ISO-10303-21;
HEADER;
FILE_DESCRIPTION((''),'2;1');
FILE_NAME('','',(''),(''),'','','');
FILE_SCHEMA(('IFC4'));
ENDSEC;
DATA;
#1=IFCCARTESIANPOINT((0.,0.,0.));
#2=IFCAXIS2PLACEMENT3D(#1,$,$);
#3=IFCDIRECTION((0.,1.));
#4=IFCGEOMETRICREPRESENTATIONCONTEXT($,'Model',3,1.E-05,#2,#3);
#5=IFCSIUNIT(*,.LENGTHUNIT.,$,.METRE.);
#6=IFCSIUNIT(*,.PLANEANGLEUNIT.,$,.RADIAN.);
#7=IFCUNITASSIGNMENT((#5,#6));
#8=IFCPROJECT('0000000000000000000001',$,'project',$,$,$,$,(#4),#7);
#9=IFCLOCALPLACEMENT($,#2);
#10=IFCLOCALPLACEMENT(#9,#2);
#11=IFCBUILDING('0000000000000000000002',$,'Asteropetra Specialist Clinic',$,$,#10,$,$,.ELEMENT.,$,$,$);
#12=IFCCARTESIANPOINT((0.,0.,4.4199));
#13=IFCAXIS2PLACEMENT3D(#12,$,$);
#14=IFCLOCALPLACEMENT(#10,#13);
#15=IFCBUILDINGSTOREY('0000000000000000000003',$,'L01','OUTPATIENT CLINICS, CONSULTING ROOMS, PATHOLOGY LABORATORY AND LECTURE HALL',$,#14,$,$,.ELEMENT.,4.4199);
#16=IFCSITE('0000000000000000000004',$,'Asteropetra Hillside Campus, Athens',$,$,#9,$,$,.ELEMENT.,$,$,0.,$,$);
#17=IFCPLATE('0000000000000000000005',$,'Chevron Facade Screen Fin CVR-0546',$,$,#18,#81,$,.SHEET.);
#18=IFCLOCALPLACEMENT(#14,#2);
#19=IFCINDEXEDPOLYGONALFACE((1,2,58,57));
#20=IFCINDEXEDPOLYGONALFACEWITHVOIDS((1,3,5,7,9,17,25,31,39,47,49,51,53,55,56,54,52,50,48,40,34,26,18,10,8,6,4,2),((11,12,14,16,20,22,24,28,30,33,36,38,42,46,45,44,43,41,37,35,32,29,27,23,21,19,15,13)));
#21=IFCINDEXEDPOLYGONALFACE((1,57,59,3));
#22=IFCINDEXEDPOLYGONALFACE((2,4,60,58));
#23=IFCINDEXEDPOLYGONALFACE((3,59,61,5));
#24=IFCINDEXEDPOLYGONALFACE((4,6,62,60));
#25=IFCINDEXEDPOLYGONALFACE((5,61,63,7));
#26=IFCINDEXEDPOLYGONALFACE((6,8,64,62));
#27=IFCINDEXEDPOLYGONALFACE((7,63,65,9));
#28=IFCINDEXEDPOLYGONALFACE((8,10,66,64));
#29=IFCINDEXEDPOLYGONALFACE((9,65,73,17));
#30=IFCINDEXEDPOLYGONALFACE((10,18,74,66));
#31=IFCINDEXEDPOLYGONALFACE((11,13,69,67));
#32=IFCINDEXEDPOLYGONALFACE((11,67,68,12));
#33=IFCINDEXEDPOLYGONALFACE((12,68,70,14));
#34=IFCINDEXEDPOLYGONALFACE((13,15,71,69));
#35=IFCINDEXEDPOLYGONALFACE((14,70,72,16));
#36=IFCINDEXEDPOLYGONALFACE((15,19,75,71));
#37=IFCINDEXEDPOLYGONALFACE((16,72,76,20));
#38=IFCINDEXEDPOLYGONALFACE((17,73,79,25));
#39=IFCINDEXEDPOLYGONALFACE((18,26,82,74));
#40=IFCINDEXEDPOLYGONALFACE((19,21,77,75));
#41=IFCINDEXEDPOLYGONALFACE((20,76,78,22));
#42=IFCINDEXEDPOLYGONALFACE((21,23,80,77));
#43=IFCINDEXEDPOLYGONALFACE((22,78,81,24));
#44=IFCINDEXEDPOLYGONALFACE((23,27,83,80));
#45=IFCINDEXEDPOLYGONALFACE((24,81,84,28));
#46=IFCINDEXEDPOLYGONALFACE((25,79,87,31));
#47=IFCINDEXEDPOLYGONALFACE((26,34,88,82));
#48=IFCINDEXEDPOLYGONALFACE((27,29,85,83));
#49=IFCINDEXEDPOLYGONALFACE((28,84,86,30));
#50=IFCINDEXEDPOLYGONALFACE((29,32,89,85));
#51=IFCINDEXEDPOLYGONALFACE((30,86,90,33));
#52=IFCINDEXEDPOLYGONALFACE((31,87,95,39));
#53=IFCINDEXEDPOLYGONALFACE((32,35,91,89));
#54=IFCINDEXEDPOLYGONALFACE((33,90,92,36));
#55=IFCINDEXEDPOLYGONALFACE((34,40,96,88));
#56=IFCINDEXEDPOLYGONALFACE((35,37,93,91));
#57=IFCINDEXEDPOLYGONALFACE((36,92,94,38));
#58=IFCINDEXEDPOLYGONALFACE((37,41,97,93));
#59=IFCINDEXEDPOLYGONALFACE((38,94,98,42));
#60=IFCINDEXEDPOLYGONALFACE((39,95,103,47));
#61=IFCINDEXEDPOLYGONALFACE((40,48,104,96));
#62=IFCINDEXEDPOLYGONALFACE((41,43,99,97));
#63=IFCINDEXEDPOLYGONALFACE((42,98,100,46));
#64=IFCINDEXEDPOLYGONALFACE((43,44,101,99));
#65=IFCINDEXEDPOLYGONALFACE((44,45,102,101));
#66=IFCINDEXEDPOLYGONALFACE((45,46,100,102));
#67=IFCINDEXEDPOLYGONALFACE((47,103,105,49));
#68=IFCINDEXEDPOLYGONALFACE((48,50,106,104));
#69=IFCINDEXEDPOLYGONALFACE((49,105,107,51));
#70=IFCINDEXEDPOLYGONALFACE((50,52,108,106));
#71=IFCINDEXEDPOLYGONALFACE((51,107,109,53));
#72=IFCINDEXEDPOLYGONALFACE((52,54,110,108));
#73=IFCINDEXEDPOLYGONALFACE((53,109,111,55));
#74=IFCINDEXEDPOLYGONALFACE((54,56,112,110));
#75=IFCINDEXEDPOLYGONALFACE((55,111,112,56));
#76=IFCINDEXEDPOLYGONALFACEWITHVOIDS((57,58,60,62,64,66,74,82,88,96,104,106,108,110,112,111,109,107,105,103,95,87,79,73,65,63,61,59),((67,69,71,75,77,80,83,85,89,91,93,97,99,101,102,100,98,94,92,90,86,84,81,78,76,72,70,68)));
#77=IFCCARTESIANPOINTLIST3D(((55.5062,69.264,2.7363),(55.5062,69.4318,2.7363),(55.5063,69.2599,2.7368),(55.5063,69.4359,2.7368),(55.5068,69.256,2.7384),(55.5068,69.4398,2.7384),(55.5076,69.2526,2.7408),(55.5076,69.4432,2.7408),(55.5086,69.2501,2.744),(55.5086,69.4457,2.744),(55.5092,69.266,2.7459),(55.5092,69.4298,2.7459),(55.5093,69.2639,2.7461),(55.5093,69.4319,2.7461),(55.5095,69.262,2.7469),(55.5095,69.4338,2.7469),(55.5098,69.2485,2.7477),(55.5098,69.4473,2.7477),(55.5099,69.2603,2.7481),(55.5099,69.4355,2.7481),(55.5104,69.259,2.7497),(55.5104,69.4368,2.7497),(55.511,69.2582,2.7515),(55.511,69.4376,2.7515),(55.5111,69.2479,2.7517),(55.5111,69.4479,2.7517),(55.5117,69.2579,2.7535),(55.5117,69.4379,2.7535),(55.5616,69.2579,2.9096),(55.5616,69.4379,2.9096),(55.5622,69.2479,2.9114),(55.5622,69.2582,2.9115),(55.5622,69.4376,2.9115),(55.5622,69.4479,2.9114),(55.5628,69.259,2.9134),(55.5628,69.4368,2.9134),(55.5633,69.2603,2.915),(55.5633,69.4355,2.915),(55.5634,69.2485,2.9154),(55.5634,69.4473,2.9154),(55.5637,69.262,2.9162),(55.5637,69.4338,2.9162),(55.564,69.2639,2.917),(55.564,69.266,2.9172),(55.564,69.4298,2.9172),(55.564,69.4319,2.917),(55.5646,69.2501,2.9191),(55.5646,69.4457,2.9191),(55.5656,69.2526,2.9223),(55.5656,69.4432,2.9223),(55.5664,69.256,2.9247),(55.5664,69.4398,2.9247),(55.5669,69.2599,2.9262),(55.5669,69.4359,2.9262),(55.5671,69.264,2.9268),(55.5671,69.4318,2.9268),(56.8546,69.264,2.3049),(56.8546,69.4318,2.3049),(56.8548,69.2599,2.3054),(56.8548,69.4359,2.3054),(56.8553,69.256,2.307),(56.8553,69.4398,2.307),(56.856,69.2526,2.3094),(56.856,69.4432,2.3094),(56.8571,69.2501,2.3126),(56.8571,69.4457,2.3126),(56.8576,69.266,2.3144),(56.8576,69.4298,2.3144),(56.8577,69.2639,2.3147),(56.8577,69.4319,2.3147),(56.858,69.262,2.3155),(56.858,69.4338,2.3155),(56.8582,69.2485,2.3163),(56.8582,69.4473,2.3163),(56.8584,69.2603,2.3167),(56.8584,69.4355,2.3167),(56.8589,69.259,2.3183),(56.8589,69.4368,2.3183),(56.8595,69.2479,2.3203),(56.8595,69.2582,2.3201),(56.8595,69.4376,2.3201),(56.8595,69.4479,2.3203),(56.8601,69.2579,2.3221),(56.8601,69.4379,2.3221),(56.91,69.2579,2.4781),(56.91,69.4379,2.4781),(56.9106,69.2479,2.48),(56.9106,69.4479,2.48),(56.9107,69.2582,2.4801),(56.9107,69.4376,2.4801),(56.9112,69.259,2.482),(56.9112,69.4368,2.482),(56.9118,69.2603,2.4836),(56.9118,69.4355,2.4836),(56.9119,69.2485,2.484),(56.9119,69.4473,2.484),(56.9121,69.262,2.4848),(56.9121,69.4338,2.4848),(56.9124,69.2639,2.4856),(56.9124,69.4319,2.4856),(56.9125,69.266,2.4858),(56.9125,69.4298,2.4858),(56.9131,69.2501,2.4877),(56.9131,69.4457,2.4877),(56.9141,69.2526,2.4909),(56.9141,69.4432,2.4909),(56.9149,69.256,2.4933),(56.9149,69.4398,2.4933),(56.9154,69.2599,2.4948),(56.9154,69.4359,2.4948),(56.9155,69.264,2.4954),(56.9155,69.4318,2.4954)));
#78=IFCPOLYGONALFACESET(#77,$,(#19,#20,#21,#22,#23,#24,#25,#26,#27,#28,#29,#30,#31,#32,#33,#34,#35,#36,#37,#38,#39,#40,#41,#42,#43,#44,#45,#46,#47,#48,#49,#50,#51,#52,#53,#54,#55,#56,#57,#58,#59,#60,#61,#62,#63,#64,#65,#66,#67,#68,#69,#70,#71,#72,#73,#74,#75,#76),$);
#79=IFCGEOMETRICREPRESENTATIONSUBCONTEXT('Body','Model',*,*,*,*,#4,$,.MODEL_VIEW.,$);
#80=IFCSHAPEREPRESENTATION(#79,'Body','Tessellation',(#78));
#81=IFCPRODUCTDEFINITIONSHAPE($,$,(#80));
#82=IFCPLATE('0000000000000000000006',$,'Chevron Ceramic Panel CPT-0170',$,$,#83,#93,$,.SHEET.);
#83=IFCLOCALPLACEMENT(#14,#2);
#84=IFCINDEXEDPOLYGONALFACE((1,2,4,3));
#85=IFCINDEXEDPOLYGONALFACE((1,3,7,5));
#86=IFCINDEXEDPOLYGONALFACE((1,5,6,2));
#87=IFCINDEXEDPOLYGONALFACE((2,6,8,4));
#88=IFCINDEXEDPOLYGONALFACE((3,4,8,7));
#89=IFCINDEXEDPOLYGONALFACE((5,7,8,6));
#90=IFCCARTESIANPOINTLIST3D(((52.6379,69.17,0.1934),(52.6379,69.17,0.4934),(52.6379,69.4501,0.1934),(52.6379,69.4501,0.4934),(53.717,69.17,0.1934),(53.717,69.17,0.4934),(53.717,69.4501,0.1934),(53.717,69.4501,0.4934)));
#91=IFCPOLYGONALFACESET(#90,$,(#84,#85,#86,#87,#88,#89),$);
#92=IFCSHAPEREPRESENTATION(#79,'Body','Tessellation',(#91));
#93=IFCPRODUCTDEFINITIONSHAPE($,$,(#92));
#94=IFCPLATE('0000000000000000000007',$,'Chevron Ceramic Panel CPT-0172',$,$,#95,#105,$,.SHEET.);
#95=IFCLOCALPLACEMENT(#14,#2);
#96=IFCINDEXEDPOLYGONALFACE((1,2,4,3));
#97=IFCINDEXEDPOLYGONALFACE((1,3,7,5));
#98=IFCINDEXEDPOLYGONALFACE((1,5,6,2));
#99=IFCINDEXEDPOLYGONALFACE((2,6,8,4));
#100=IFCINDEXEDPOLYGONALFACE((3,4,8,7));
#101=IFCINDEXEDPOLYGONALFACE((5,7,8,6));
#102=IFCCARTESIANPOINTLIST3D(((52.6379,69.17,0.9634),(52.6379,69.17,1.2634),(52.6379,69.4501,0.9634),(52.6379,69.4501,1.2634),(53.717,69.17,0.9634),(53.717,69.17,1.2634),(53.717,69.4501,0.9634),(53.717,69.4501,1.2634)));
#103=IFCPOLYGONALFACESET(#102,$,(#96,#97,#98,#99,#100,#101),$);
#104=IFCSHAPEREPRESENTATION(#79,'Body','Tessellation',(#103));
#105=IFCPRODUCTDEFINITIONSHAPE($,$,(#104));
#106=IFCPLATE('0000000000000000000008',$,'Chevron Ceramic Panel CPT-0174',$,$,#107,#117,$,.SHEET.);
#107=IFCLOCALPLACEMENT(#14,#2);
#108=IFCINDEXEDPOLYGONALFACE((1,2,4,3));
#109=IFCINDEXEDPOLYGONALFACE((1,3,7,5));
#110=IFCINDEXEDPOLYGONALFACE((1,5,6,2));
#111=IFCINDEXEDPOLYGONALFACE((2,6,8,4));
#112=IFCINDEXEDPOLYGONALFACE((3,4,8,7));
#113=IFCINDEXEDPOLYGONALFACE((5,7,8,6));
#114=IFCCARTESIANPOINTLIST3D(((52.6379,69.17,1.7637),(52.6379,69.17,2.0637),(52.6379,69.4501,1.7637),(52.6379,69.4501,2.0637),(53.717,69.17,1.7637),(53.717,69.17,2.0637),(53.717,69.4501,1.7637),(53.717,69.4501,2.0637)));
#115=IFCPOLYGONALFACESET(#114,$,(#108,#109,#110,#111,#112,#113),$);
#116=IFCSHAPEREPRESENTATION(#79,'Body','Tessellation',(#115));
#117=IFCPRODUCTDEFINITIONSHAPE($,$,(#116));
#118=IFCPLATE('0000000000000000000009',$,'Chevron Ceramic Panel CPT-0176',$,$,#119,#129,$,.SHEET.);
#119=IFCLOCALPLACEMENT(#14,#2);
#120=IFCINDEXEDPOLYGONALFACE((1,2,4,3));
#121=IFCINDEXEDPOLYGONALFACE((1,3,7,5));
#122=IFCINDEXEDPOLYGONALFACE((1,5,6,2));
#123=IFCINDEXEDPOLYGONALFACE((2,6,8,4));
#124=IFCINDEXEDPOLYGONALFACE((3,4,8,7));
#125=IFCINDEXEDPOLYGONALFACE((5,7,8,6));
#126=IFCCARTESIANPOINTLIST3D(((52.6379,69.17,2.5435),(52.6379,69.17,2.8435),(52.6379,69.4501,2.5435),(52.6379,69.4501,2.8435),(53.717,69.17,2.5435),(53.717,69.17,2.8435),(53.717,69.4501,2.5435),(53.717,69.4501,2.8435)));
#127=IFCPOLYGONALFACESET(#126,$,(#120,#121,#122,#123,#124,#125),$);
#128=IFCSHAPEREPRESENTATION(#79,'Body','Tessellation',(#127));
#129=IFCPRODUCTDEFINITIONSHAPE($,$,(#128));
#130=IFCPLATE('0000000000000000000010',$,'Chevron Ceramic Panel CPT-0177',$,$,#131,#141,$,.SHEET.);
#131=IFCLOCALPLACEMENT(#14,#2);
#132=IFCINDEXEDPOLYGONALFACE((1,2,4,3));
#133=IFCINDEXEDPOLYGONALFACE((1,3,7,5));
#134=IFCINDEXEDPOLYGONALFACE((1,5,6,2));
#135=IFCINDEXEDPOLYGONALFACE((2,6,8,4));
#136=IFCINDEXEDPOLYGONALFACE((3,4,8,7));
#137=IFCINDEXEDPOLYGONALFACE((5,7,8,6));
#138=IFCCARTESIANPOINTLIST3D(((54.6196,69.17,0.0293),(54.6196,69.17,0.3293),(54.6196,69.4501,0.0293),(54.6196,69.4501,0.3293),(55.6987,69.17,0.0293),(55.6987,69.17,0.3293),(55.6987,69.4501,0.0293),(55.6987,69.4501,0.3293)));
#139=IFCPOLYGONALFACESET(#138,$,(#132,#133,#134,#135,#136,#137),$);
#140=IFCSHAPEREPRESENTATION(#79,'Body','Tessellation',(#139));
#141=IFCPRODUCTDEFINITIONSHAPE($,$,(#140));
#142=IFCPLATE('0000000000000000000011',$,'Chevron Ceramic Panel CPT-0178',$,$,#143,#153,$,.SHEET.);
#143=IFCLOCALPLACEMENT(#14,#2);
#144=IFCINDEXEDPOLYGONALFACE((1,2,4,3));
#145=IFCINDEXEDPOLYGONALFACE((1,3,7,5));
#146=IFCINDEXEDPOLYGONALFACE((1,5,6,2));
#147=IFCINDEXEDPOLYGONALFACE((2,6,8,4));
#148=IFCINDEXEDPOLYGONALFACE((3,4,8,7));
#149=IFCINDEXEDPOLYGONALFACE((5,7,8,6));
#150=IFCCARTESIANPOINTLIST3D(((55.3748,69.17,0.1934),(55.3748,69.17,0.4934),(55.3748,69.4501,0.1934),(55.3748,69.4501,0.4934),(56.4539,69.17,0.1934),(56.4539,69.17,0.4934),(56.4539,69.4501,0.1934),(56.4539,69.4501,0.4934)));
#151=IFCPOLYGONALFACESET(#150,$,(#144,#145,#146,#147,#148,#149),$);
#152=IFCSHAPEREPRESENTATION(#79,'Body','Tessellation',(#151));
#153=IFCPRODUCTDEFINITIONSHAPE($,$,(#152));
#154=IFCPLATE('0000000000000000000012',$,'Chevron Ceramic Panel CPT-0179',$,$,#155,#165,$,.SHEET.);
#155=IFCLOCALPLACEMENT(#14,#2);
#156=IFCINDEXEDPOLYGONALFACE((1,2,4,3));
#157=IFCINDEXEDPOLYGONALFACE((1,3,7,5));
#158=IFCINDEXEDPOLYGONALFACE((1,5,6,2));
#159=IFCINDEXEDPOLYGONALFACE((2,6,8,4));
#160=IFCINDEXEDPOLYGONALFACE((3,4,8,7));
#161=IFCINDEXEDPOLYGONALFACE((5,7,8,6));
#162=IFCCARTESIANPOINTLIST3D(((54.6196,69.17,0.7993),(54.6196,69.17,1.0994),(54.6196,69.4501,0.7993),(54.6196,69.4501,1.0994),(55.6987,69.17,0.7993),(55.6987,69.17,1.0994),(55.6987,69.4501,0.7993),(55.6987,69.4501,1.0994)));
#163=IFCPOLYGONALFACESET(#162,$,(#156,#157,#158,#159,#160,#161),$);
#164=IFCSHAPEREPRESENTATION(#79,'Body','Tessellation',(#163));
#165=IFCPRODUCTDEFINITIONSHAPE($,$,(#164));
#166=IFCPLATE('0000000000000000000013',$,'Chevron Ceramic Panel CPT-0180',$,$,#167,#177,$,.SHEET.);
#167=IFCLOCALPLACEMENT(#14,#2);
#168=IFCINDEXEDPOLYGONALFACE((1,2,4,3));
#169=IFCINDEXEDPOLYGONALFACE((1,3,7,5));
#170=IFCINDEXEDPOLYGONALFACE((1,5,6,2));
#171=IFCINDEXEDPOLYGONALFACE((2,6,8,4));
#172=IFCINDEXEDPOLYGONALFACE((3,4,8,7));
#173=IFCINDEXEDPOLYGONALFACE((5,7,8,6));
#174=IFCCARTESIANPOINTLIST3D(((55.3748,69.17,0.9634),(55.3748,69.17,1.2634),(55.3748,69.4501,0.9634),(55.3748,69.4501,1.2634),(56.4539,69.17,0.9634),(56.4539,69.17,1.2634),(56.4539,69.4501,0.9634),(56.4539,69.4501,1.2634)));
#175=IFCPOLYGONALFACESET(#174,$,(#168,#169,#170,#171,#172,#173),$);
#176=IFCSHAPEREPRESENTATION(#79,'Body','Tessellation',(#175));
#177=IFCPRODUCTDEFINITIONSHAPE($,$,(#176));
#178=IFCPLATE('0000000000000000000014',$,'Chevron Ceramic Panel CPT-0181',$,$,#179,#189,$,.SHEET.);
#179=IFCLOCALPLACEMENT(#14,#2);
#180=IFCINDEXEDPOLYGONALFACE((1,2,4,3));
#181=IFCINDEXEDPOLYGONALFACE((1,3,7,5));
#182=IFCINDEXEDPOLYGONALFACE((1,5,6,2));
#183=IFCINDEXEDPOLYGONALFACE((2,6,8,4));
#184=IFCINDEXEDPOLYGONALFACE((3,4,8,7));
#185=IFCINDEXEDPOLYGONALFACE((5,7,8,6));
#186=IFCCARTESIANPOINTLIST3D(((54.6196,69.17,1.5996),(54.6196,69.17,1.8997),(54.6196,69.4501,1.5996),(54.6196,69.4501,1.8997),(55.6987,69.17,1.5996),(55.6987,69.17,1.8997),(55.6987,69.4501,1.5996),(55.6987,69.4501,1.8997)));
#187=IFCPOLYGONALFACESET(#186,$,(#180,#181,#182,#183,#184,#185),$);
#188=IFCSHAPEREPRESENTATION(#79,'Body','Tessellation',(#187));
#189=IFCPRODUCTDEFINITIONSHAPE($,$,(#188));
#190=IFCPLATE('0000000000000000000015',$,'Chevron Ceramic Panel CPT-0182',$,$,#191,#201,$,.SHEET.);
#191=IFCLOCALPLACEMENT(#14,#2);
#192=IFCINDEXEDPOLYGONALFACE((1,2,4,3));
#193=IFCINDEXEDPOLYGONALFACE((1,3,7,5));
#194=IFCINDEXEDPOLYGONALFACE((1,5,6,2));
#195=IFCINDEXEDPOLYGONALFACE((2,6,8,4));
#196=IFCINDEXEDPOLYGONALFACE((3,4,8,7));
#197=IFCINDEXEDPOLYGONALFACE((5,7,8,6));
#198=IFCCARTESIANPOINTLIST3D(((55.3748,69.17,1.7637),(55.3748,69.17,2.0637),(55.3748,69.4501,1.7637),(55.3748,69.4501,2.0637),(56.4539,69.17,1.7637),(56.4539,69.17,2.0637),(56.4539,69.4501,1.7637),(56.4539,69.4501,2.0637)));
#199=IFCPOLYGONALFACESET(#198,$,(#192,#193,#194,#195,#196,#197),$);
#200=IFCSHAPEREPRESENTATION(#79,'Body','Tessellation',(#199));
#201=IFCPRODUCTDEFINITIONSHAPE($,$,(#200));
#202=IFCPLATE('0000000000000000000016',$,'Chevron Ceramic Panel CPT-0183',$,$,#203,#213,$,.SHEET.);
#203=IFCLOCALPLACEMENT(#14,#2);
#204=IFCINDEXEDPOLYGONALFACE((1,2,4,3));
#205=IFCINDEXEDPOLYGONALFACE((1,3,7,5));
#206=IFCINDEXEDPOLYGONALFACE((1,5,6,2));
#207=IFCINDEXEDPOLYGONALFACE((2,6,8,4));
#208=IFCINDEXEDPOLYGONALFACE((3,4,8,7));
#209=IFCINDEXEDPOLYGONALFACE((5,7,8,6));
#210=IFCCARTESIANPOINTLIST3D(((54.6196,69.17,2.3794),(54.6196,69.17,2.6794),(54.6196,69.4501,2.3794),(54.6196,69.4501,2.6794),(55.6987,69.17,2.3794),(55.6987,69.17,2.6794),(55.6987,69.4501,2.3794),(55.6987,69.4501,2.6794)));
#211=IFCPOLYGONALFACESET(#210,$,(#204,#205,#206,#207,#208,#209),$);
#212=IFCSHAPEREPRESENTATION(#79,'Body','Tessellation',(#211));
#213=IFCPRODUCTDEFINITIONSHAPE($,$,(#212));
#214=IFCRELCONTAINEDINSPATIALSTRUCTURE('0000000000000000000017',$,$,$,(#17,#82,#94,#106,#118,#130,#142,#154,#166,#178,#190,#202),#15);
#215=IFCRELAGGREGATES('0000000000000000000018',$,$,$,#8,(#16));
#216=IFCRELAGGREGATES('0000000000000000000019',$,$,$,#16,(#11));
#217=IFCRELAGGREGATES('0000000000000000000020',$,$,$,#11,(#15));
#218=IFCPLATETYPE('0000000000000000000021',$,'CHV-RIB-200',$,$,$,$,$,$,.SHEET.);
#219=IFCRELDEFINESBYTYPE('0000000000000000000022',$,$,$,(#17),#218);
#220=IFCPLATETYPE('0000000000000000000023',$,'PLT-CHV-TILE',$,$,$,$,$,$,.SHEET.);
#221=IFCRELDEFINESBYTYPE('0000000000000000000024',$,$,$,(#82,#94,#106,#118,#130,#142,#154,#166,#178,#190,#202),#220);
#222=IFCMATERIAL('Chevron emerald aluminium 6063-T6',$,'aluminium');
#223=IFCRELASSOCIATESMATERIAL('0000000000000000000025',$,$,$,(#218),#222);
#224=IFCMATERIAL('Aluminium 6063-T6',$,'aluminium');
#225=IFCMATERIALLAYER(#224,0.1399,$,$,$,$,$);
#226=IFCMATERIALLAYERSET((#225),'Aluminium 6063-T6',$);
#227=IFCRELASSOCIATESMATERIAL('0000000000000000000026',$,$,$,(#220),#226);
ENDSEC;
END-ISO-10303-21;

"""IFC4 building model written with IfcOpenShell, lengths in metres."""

from ifc_helpers import new_model, si_unit, direction, frame, origin, origin_2d, place, context, subcontext, project, spatial, rectangle, hollow_rectangle, extrude, material, layer, layer_set, material_profile, profile_set, type_object, element, save


model = new_model("IFC4")

# Units and contexts
model_context = context("Model", 3, precision=1e-05, world=origin(), true_north=direction((0.0, 1.0)))
body_context = subcontext(model_context, "Body", "Model", "MODEL_VIEW")
ifc_project = project(units=[si_unit("LENGTHUNIT", "METRE"), si_unit("PLANEANGLEUNIT", "RADIAN")], contexts=[model_context])

# Site, building, storey
site_placement = place(None, origin())
site = spatial("IfcSite", under=ifc_project, at=site_placement, Name="Asteropetra Hillside Campus, Athens", CompositionType="ELEMENT", RefElevation=0.0)
building_placement = place(site_placement, origin())
building = spatial("IfcBuilding", under=site, at=building_placement, Name="Asteropetra Specialist Clinic", CompositionType="ELEMENT")
storey_placement = place(building_placement, frame((0.0, 0.0, 4.4199)))
storey = spatial("IfcBuildingStorey", under=building, at=storey_placement, Name="L01", Description="OUTPATIENT CLINICS, CONSULTING ROOMS, PATHOLOGY LABORATORY AND LECTURE HALL", CompositionType="ELEMENT", Elevation=4.4199)

# Plates
ifc_material_1 = material(Name="Chevron emerald aluminium 6063-T6", Category="aluminium")
ifc_material_profile_1 = material_profile(ifc_material_1, hollow_rectangle(XDim=0.2, YDim=0.2, WallThickness=0.01, InnerFilletRadius=0.0081, OuterFilletRadius=0.0161, at=origin_2d()), Name="SHS 200x200x10.0")
ifc_profile_set_1 = profile_set([ifc_material_profile_1], Name="Chevron emerald aluminium 6063-T6")
plate_type_1 = type_object("IfcPlateType", Name="CHV-RIB-200", PredefinedType="SHEET", material=ifc_profile_set_1)
for number, where, z_axis, x_axis, name in (
    (1, (55.5366, 69.3479, 2.8315), (0.952442, 0.0, -0.304719), (0.0, 1.0, 0.0), "Chevron Facade Screen Fin CVR-0546"),
):
    element("IfcPlate", number, at=place(storey_placement, frame(where, z_axis=z_axis, x_axis=x_axis)), inside=storey, type_object=plate_type_1, Name=name, PredefinedType="SHEET", context=body_context, shape_type="SweptSolid", body=[
        extrude(hollow_rectangle(XDim=0.2, YDim=0.2, WallThickness=0.01, InnerFilletRadius=0.0081, OuterFilletRadius=0.0161, at=origin_2d()), origin(), (0.0, 0.0, 1.0), 1.4158),
    ])
ifc_material_2 = material(Name="Aluminium 6063-T6", Category="aluminium")
ifc_layer_1 = layer(ifc_material_2, 0.1399)
ifc_layer_set_1 = layer_set([ifc_layer_1], Name="Aluminium 6063-T6")
plate_type_2 = type_object("IfcPlateType", Name="PLT-CHV-TILE", PredefinedType="SHEET", material=ifc_layer_set_1)
for number, where, z_axis, x_axis, name in (
    (2, (53.1775, 69.3101, 0.1934), (0.0, 0.0, 1.0), (1.0, 0.0, 0.0), "Chevron Ceramic Panel CPT-0170"),
    (3, (53.1775, 69.3101, 0.9634), (0.0, 0.0, 1.0), (1.0, 0.0, 0.0), "Chevron Ceramic Panel CPT-0172"),
    (4, (53.1775, 69.3101, 1.7637), (0.0, 0.0, 1.0), (1.0, 0.0, 0.0), "Chevron Ceramic Panel CPT-0174"),
    (5, (53.1775, 69.3101, 2.5435), (0.0, 0.0, 1.0), (1.0, 0.0, 0.0), "Chevron Ceramic Panel CPT-0176"),
    (6, (55.1592, 69.3101, 0.0293), (0.0, 0.0, 1.0), (1.0, 0.0, 0.0), "Chevron Ceramic Panel CPT-0177"),
    (7, (55.9143, 69.3101, 0.1934), (0.0, 0.0, 1.0), (1.0, 0.0, 0.0), "Chevron Ceramic Panel CPT-0178"),
    (8, (55.1592, 69.3101, 0.7993), (0.0, 0.0, 1.0), (1.0, 0.0, 0.0), "Chevron Ceramic Panel CPT-0179"),
    (9, (55.9143, 69.3101, 0.9634), (0.0, 0.0, 1.0), (1.0, 0.0, 0.0), "Chevron Ceramic Panel CPT-0180"),
    (10, (55.1592, 69.3101, 1.5996), (0.0, 0.0, 1.0), (1.0, 0.0, 0.0), "Chevron Ceramic Panel CPT-0181"),
    (11, (55.9143, 69.3101, 1.7637), (0.0, 0.0, 1.0), (1.0, 0.0, 0.0), "Chevron Ceramic Panel CPT-0182"),
    (12, (55.1592, 69.3101, 2.3794), (0.0, 0.0, 1.0), (1.0, 0.0, 0.0), "Chevron Ceramic Panel CPT-0183"),
):
    element("IfcPlate", number, at=place(storey_placement, frame(where, z_axis=z_axis, x_axis=x_axis)), inside=storey, type_object=plate_type_2, Name=name, PredefinedType="SHEET", context=body_context, shape_type="SweptSolid", body=[
        extrude(rectangle(XDim=1.0791, YDim=0.28, at=origin_2d()), origin(), (0.0, 0.0, 1.0), 0.3),
    ])

save(model, "model.ifc")
